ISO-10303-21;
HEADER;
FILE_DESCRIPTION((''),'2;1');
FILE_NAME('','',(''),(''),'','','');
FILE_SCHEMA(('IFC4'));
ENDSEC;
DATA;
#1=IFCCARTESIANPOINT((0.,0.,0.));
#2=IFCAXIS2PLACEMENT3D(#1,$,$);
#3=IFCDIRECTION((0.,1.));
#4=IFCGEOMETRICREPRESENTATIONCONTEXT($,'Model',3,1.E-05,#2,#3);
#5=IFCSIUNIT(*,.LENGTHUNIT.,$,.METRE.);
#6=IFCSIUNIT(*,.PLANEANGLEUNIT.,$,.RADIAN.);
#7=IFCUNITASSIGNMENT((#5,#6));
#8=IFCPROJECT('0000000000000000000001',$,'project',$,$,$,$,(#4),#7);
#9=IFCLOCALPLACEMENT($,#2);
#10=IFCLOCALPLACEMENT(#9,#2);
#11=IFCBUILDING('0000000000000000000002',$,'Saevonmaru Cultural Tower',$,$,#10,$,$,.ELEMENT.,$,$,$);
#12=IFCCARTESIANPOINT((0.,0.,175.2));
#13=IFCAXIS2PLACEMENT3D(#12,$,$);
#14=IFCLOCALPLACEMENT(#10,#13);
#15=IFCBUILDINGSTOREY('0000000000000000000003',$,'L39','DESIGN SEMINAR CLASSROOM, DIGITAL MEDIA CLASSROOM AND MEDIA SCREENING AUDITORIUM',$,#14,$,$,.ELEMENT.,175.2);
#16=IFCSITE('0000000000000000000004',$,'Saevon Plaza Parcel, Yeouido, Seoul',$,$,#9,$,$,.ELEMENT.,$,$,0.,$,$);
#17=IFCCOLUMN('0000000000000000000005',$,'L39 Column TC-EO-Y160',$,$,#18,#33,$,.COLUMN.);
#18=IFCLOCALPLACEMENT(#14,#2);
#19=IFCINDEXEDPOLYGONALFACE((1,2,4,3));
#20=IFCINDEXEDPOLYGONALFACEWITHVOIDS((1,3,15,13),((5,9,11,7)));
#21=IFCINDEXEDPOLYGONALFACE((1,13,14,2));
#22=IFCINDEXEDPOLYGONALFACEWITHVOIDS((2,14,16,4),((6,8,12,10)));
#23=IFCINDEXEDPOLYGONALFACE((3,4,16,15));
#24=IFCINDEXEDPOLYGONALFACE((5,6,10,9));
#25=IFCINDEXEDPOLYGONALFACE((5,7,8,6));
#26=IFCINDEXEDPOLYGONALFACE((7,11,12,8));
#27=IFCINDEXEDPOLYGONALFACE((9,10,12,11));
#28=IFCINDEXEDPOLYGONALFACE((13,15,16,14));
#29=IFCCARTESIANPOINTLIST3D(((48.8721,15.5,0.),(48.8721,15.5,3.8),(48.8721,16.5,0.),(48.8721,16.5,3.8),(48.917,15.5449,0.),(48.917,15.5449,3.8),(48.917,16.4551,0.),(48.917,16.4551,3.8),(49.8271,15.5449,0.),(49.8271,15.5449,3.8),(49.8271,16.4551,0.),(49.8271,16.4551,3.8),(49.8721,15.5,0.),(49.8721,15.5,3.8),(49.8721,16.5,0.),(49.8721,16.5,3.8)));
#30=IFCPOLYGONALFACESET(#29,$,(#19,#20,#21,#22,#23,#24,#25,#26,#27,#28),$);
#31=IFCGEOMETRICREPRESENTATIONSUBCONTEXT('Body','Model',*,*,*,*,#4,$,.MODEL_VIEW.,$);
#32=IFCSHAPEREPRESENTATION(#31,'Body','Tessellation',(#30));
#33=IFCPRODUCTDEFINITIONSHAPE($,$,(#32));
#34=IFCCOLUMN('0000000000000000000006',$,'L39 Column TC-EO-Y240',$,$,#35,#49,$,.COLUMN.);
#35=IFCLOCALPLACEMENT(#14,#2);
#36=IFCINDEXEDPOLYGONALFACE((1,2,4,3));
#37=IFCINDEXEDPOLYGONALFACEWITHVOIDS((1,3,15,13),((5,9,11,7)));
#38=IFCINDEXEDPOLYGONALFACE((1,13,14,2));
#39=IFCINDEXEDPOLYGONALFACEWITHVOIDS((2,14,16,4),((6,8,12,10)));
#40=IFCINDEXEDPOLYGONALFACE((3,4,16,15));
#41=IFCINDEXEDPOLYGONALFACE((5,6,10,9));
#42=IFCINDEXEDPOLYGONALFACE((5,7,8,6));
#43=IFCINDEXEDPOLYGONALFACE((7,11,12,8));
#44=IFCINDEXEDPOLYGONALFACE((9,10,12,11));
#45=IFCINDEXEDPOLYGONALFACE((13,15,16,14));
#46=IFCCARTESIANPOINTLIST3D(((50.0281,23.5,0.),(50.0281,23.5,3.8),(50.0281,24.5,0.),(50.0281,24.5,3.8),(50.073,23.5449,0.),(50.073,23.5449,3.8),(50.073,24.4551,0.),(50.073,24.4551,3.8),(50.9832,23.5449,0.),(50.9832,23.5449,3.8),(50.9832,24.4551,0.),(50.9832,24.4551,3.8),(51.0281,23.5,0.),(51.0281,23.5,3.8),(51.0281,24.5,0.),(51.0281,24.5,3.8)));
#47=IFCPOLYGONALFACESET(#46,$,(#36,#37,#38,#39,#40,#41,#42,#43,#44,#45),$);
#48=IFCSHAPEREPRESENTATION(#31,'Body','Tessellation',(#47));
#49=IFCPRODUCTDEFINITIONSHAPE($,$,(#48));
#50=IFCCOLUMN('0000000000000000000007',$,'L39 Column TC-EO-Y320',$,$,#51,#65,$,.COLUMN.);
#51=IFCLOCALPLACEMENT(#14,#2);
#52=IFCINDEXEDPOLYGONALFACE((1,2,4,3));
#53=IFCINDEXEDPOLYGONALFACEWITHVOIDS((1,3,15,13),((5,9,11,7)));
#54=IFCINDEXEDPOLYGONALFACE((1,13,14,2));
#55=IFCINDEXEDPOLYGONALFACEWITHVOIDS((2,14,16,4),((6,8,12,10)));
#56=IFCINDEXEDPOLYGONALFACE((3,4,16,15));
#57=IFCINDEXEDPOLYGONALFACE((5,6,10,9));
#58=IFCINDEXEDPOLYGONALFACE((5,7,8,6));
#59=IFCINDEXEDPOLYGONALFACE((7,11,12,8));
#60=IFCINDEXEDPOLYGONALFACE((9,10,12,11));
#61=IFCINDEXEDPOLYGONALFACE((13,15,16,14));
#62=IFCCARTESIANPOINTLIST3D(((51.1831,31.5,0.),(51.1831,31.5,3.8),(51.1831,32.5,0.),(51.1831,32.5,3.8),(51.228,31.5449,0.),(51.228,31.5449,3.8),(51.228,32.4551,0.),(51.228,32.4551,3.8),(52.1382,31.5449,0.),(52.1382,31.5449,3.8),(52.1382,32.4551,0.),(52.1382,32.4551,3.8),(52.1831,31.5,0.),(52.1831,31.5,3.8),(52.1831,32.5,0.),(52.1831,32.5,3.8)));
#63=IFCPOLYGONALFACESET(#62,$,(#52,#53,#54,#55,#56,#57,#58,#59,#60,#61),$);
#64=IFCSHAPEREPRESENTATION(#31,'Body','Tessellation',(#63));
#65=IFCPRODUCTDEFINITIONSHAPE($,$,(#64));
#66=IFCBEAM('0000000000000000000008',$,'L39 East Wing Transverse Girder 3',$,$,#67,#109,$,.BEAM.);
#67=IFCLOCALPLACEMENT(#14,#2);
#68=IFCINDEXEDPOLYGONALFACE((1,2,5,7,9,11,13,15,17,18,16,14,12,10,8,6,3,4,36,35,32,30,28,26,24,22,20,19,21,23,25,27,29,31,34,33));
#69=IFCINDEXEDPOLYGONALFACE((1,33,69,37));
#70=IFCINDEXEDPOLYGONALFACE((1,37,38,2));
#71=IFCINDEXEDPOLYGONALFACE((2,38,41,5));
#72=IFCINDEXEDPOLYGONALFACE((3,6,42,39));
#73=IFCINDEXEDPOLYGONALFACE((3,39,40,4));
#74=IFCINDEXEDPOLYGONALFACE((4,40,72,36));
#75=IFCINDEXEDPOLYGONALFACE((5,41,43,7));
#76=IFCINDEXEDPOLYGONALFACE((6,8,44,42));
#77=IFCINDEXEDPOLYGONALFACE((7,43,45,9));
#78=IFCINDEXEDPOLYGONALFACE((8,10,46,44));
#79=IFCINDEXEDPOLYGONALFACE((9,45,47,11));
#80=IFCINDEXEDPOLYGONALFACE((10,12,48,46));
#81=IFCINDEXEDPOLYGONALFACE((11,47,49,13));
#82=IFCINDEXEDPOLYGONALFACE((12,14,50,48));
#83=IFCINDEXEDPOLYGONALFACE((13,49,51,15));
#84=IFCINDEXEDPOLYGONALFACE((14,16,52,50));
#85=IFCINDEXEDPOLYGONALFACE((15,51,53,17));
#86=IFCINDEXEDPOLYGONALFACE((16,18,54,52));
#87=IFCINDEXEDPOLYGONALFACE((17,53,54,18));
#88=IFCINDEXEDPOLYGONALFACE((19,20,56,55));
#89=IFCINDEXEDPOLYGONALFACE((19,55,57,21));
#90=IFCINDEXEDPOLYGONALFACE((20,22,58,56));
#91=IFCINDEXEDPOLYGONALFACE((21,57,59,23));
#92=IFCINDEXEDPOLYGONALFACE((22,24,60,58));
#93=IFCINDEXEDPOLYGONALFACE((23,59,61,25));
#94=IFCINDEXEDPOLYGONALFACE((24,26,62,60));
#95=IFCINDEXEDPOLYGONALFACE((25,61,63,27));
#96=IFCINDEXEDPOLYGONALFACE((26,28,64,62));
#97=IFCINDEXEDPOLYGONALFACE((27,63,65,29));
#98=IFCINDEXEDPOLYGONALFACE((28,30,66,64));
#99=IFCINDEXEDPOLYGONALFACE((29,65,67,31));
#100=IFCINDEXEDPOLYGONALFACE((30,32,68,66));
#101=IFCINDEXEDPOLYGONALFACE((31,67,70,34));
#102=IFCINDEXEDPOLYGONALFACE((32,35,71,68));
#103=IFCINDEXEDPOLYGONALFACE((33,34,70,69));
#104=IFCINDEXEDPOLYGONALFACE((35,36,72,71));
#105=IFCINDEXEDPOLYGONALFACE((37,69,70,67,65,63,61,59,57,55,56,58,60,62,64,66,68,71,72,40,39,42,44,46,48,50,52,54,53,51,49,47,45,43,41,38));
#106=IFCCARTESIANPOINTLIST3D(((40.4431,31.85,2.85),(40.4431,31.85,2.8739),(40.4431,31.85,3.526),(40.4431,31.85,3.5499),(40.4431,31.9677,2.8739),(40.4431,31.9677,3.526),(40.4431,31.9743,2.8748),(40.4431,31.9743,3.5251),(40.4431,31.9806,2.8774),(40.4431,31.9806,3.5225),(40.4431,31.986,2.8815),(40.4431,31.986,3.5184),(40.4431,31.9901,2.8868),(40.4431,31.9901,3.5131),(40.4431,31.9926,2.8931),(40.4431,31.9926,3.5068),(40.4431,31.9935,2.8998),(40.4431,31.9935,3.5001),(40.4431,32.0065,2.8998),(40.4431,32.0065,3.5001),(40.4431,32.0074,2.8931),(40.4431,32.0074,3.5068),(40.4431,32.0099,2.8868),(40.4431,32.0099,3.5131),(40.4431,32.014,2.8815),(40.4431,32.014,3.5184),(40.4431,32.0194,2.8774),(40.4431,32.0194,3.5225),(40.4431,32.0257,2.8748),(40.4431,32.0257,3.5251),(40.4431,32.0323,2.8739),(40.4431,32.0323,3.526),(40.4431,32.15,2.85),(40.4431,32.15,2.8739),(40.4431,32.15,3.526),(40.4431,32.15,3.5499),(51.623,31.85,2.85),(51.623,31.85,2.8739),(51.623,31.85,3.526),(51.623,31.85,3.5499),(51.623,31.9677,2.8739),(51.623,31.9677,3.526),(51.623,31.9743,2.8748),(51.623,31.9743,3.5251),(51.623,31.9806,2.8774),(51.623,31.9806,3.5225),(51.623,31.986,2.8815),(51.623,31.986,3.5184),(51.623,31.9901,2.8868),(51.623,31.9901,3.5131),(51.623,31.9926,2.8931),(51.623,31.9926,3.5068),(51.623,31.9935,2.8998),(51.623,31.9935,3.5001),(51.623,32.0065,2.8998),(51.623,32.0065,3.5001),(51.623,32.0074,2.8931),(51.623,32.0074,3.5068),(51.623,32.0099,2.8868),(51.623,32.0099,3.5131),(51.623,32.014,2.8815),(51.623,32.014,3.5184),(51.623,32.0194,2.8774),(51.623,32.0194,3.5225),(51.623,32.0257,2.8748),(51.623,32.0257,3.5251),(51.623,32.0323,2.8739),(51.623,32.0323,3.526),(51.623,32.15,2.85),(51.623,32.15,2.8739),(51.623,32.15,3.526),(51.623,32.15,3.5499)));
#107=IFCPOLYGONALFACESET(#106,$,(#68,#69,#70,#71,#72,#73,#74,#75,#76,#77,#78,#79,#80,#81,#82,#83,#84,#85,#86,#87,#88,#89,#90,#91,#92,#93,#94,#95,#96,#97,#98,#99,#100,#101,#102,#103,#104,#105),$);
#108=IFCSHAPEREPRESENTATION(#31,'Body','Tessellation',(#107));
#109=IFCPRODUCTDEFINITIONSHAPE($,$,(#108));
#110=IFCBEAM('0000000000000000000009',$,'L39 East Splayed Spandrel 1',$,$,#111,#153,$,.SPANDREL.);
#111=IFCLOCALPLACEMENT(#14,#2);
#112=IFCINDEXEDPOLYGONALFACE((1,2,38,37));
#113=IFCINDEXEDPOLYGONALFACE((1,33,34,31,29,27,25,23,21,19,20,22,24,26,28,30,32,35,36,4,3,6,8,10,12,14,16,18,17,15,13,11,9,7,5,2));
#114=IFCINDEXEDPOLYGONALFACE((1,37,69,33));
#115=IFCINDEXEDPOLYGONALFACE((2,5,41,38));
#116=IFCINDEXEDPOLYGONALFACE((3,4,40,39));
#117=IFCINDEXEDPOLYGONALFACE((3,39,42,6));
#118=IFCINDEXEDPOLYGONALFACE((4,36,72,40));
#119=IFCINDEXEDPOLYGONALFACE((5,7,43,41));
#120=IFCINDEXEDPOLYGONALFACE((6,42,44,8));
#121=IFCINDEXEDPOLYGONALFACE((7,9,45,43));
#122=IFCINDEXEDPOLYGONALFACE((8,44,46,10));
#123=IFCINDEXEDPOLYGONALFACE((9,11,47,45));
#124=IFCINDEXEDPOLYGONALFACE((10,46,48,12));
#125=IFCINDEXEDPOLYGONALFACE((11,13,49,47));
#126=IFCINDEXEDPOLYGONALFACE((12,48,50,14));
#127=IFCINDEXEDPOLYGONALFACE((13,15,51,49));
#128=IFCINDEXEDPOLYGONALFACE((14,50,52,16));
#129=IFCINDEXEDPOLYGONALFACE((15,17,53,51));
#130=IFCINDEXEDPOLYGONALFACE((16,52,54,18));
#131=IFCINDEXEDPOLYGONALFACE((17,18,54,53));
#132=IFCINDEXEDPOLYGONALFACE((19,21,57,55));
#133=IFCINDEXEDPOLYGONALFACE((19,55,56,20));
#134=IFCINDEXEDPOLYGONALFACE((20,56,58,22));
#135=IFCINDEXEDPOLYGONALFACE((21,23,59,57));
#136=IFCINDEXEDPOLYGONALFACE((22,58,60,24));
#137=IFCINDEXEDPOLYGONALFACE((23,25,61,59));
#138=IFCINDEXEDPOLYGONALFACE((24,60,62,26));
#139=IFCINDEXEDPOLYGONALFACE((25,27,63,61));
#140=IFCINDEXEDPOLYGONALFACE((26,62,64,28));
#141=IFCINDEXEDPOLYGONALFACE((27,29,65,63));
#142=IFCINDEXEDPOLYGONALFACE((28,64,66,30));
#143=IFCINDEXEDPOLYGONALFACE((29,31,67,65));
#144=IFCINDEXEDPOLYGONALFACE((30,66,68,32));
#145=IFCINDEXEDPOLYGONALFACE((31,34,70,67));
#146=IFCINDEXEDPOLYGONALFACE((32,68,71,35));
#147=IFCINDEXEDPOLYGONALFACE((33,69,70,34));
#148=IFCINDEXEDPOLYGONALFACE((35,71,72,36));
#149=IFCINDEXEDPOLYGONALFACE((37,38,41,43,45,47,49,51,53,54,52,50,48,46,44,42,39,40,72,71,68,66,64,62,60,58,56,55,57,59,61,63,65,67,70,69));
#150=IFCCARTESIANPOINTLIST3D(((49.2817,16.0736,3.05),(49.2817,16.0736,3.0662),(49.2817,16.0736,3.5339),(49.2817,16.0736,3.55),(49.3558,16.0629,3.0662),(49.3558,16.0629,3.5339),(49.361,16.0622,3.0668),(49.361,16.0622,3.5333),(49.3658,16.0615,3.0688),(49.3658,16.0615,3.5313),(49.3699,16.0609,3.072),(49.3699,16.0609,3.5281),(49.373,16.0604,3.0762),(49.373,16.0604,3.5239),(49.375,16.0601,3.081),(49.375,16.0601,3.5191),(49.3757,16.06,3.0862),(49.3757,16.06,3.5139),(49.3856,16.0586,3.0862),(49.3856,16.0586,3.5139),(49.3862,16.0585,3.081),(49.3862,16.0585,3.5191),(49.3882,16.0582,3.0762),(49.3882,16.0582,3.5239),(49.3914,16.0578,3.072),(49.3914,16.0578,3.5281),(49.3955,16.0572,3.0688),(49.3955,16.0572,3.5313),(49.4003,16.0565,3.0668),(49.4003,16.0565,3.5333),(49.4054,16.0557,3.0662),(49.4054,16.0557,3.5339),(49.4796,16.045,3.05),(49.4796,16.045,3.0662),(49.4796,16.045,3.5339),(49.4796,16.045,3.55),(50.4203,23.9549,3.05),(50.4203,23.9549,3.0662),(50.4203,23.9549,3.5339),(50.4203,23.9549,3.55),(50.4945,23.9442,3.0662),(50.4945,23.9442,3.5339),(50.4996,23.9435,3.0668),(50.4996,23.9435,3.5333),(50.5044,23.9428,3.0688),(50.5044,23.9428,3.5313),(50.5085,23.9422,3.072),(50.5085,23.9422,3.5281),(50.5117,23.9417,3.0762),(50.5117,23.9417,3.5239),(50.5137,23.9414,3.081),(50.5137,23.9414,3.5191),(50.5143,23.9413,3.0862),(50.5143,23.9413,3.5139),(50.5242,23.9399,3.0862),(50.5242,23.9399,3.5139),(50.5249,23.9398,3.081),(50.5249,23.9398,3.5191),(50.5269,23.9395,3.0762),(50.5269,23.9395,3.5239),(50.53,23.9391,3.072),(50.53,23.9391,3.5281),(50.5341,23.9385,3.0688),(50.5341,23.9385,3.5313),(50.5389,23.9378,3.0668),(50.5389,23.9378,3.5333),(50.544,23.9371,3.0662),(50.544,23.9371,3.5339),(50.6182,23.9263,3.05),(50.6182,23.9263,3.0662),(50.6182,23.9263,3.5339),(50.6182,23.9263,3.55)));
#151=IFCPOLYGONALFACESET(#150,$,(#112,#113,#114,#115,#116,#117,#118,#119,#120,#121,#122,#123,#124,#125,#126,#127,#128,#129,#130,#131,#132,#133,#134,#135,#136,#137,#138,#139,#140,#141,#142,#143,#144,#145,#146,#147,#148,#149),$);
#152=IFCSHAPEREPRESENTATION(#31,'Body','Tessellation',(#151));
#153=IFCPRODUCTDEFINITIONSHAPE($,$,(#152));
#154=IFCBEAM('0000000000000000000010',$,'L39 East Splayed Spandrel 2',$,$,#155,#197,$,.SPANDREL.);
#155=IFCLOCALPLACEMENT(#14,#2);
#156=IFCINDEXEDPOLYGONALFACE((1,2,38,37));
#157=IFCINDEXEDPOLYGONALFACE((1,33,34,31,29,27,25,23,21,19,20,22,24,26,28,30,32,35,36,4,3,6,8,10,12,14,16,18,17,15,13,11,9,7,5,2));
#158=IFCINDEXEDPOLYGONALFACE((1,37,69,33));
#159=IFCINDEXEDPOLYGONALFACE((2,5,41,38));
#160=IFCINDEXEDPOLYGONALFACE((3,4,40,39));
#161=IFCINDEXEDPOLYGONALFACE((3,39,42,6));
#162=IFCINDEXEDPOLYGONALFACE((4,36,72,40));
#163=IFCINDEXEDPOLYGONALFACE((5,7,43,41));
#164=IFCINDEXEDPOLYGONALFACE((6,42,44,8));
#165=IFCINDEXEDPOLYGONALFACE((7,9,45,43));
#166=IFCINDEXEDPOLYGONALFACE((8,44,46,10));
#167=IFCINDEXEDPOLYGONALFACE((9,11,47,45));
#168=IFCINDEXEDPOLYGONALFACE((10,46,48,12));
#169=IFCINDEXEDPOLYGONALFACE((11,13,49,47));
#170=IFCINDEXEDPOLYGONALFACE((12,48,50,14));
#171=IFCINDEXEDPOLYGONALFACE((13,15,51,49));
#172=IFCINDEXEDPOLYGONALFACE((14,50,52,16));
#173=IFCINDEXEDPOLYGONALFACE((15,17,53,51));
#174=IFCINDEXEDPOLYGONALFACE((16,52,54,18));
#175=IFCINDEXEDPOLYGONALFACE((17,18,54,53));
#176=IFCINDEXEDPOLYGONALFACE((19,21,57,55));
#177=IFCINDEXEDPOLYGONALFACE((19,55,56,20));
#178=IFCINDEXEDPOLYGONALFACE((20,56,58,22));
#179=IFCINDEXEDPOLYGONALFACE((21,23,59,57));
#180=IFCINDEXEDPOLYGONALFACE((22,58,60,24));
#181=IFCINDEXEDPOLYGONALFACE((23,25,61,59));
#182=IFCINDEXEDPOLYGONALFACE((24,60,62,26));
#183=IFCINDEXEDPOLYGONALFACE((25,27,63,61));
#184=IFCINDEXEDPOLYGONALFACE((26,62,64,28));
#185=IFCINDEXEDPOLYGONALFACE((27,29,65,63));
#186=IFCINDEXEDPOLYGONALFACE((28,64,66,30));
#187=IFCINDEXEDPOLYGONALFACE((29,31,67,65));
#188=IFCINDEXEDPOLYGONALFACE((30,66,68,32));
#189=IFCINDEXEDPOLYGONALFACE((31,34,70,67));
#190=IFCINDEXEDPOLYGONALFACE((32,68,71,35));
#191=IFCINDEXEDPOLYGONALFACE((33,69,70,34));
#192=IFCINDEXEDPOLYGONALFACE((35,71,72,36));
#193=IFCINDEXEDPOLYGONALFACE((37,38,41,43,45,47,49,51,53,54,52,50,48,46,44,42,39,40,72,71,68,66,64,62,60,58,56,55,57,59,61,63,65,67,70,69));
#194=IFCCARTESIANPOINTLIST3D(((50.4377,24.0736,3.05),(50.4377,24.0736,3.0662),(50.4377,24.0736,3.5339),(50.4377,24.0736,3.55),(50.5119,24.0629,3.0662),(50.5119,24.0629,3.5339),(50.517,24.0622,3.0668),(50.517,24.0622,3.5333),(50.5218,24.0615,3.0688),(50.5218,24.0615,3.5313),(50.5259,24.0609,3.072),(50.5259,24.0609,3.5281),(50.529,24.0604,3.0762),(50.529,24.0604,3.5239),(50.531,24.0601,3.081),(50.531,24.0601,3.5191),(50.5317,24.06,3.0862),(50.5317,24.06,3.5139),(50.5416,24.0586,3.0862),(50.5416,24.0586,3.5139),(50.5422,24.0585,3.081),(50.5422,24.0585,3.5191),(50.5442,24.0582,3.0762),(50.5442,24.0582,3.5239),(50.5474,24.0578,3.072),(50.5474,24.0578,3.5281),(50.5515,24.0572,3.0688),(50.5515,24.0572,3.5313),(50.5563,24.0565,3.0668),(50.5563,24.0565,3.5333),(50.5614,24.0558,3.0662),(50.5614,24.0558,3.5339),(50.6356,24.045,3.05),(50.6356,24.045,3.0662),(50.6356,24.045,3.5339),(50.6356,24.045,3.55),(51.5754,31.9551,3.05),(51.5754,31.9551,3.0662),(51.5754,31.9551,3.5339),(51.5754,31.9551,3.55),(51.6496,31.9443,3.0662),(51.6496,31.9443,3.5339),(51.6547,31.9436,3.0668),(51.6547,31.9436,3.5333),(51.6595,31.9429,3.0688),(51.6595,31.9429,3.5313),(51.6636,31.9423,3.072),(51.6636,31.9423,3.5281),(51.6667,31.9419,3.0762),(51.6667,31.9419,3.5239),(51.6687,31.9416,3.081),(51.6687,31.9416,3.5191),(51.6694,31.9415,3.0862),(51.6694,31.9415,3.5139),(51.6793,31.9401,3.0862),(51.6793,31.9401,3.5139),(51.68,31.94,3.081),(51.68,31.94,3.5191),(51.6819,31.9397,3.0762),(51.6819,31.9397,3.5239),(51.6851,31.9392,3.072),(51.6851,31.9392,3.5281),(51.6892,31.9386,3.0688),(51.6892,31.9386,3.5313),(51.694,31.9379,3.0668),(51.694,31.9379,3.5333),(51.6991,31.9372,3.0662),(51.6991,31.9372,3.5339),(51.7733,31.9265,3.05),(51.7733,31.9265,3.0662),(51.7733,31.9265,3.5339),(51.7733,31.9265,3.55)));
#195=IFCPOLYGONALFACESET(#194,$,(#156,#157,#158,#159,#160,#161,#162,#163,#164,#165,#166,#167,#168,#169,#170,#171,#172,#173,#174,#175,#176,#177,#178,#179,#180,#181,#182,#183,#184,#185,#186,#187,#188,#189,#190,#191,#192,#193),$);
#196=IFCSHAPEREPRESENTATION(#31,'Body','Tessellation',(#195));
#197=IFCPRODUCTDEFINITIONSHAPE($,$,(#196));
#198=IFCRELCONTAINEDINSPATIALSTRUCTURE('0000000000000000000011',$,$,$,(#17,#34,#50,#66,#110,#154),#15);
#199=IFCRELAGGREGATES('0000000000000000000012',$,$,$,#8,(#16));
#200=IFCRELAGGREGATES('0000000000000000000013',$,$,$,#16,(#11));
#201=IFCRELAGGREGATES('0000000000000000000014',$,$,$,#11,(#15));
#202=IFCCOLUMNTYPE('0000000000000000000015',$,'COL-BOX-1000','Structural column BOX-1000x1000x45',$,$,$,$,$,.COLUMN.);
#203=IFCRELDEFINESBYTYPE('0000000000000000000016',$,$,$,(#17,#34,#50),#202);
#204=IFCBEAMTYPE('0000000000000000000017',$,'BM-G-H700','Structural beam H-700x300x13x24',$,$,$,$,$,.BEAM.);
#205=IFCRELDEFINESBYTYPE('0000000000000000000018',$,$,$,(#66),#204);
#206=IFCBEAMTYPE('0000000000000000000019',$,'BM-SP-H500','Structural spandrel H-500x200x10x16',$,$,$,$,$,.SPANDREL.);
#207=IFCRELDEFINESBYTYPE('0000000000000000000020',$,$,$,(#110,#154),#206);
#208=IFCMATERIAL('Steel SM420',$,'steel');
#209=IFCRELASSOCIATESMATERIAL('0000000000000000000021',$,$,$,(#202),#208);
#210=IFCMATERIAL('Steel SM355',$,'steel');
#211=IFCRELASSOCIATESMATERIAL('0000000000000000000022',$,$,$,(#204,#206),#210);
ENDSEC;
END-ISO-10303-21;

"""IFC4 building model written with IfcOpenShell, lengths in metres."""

from ifc_helpers import new_model, si_unit, direction, frame, origin, origin_2d, place, context, subcontext, project, spatial, hollow_rectangle, i_section, extrude, material, material_profile, profile_set, type_object, element, save


model = new_model("IFC4")

# Units and contexts
model_context = context("Model", 3, precision=1e-05, world=origin(), true_north=direction((0.0, 1.0)))
body_context = subcontext(model_context, "Body", "Model", "MODEL_VIEW")
ifc_project = project(units=[si_unit("LENGTHUNIT", "METRE"), si_unit("PLANEANGLEUNIT", "RADIAN")], contexts=[model_context])

# Site, building, storey
site_placement = place(None, origin())
site = spatial("IfcSite", under=ifc_project, at=site_placement, Name="Saevon Plaza Parcel, Yeouido, Seoul", CompositionType="ELEMENT", RefElevation=0.0)
building_placement = place(site_placement, origin())
building = spatial("IfcBuilding", under=site, at=building_placement, Name="Saevonmaru Cultural Tower", CompositionType="ELEMENT")
storey_placement = place(building_placement, frame((0.0, 0.0, 175.2)))
storey = spatial("IfcBuildingStorey", under=building, at=storey_placement, Name="L39", Description="DESIGN SEMINAR CLASSROOM, DIGITAL MEDIA CLASSROOM AND MEDIA SCREENING AUDITORIUM", CompositionType="ELEMENT", Elevation=175.2)

# Columns
ifc_material_1 = material(Name="Steel SM420", Category="steel")
ifc_material_profile_1 = material_profile(ifc_material_1, hollow_rectangle(XDim=1.0, YDim=1.0, WallThickness=0.0449, at=origin_2d()), Name="BOX-1000x1000x45")
ifc_profile_set_1 = profile_set([ifc_material_profile_1], Name="Steel SM420")
column_type = type_object("IfcColumnType", Name="COL-BOX-1000", Description="Structural column BOX-1000x1000x45", PredefinedType="COLUMN", material=ifc_profile_set_1)
for number, where, z_axis, x_axis, name in (
    (1, (49.3721, 16.0, 0.0), (0.0, 0.0, 1.0), (1.0, 0.0, 0.0), "L39 Column TC-EO-Y160"),
    (2, (50.5281, 24.0, 0.0), (0.0, 0.0, 1.0), (1.0, 0.0, 0.0), "L39 Column TC-EO-Y240"),
    (3, (51.6831, 32.0, 0.0), (0.0, 0.0, 1.0), (1.0, 0.0, 0.0), "L39 Column TC-EO-Y320"),
):
    element("IfcColumn", number, at=place(storey_placement, frame(where, z_axis=z_axis, x_axis=x_axis)), inside=storey, type_object=column_type, Name=name, PredefinedType="COLUMN", context=body_context, shape_type="SweptSolid", body=[
        extrude(hollow_rectangle(XDim=1.0, YDim=1.0, WallThickness=0.0449, at=origin_2d()), origin(), (0.0, 0.0, 1.0), 3.8),
    ])

# Beams
ifc_material_2 = material(Name="Steel SM355", Category="steel")
ifc_material_profile_2 = material_profile(ifc_material_2, i_section(OverallWidth=0.3, OverallDepth=0.7, WebThickness=0.0129, FlangeThickness=0.0239, FilletRadius=0.0259, at=origin_2d()), Name="H-700x300x13x24")
ifc_profile_set_2 = profile_set([ifc_material_profile_2], Name="Steel SM355")
beam_type_1 = type_object("IfcBeamType", Name="BM-G-H700", Description="Structural beam H-700x300x13x24", PredefinedType="BEAM", material=ifc_profile_set_2)
beam_placement = place(storey_placement, frame((40.4431, 32.0, 3.2), z_axis=(1.0, 0.0, 0.0), x_axis=(0.0, 1.0, 0.0)))
element("IfcBeam", 4, at=beam_placement, inside=storey, type_object=beam_type_1, Name="L39 East Wing Transverse Girder 3", PredefinedType="BEAM", context=body_context, shape_type="SweptSolid", body=[
    extrude(i_section(OverallWidth=0.3, OverallDepth=0.7, WebThickness=0.0129, FlangeThickness=0.0239, FilletRadius=0.0259, at=origin_2d()), origin(), (0.0, 0.0, 1.0), 11.1799),
])
ifc_material_profile_3 = material_profile(ifc_material_2, i_section(OverallWidth=0.2, OverallDepth=0.5, WebThickness=0.01, FlangeThickness=0.0161, FilletRadius=0.02, at=origin_2d()), Name="H-500x200x10x16")
ifc_profile_set_3 = profile_set([ifc_material_profile_3], Name="Steel SM355")
beam_type_2 = type_object("IfcBeamType", Name="BM-SP-H500", Description="Structural spandrel H-500x200x10x16", PredefinedType="SPANDREL", material=ifc_profile_set_3)
for number, where, z_axis, x_axis, name in (
    (5, (49.3806, 16.0593, 3.3), (0.142992, 0.989724, 0.0), (-0.989724, 0.142992, 0.0), "L39 East Splayed Spandrel 1"),
    (6, (50.5366, 24.0593, 3.3), (0.142872, 0.989741, 0.0), (-0.989741, 0.142872, 0.0), "L39 East Splayed Spandrel 2"),
):
    element("IfcBeam", number, at=place(storey_placement, frame(where, z_axis=z_axis, x_axis=x_axis)), inside=storey, type_object=beam_type_2, Name=name, PredefinedType="SPANDREL", context=body_context, shape_type="SweptSolid", body=[
        extrude(i_section(OverallWidth=0.2, OverallDepth=0.5, WebThickness=0.01, FlangeThickness=0.0161, FilletRadius=0.02, at=origin_2d()), origin(), (0.0, 0.0, 1.0), 7.9631),
    ])

save(model, "model.ifc")
